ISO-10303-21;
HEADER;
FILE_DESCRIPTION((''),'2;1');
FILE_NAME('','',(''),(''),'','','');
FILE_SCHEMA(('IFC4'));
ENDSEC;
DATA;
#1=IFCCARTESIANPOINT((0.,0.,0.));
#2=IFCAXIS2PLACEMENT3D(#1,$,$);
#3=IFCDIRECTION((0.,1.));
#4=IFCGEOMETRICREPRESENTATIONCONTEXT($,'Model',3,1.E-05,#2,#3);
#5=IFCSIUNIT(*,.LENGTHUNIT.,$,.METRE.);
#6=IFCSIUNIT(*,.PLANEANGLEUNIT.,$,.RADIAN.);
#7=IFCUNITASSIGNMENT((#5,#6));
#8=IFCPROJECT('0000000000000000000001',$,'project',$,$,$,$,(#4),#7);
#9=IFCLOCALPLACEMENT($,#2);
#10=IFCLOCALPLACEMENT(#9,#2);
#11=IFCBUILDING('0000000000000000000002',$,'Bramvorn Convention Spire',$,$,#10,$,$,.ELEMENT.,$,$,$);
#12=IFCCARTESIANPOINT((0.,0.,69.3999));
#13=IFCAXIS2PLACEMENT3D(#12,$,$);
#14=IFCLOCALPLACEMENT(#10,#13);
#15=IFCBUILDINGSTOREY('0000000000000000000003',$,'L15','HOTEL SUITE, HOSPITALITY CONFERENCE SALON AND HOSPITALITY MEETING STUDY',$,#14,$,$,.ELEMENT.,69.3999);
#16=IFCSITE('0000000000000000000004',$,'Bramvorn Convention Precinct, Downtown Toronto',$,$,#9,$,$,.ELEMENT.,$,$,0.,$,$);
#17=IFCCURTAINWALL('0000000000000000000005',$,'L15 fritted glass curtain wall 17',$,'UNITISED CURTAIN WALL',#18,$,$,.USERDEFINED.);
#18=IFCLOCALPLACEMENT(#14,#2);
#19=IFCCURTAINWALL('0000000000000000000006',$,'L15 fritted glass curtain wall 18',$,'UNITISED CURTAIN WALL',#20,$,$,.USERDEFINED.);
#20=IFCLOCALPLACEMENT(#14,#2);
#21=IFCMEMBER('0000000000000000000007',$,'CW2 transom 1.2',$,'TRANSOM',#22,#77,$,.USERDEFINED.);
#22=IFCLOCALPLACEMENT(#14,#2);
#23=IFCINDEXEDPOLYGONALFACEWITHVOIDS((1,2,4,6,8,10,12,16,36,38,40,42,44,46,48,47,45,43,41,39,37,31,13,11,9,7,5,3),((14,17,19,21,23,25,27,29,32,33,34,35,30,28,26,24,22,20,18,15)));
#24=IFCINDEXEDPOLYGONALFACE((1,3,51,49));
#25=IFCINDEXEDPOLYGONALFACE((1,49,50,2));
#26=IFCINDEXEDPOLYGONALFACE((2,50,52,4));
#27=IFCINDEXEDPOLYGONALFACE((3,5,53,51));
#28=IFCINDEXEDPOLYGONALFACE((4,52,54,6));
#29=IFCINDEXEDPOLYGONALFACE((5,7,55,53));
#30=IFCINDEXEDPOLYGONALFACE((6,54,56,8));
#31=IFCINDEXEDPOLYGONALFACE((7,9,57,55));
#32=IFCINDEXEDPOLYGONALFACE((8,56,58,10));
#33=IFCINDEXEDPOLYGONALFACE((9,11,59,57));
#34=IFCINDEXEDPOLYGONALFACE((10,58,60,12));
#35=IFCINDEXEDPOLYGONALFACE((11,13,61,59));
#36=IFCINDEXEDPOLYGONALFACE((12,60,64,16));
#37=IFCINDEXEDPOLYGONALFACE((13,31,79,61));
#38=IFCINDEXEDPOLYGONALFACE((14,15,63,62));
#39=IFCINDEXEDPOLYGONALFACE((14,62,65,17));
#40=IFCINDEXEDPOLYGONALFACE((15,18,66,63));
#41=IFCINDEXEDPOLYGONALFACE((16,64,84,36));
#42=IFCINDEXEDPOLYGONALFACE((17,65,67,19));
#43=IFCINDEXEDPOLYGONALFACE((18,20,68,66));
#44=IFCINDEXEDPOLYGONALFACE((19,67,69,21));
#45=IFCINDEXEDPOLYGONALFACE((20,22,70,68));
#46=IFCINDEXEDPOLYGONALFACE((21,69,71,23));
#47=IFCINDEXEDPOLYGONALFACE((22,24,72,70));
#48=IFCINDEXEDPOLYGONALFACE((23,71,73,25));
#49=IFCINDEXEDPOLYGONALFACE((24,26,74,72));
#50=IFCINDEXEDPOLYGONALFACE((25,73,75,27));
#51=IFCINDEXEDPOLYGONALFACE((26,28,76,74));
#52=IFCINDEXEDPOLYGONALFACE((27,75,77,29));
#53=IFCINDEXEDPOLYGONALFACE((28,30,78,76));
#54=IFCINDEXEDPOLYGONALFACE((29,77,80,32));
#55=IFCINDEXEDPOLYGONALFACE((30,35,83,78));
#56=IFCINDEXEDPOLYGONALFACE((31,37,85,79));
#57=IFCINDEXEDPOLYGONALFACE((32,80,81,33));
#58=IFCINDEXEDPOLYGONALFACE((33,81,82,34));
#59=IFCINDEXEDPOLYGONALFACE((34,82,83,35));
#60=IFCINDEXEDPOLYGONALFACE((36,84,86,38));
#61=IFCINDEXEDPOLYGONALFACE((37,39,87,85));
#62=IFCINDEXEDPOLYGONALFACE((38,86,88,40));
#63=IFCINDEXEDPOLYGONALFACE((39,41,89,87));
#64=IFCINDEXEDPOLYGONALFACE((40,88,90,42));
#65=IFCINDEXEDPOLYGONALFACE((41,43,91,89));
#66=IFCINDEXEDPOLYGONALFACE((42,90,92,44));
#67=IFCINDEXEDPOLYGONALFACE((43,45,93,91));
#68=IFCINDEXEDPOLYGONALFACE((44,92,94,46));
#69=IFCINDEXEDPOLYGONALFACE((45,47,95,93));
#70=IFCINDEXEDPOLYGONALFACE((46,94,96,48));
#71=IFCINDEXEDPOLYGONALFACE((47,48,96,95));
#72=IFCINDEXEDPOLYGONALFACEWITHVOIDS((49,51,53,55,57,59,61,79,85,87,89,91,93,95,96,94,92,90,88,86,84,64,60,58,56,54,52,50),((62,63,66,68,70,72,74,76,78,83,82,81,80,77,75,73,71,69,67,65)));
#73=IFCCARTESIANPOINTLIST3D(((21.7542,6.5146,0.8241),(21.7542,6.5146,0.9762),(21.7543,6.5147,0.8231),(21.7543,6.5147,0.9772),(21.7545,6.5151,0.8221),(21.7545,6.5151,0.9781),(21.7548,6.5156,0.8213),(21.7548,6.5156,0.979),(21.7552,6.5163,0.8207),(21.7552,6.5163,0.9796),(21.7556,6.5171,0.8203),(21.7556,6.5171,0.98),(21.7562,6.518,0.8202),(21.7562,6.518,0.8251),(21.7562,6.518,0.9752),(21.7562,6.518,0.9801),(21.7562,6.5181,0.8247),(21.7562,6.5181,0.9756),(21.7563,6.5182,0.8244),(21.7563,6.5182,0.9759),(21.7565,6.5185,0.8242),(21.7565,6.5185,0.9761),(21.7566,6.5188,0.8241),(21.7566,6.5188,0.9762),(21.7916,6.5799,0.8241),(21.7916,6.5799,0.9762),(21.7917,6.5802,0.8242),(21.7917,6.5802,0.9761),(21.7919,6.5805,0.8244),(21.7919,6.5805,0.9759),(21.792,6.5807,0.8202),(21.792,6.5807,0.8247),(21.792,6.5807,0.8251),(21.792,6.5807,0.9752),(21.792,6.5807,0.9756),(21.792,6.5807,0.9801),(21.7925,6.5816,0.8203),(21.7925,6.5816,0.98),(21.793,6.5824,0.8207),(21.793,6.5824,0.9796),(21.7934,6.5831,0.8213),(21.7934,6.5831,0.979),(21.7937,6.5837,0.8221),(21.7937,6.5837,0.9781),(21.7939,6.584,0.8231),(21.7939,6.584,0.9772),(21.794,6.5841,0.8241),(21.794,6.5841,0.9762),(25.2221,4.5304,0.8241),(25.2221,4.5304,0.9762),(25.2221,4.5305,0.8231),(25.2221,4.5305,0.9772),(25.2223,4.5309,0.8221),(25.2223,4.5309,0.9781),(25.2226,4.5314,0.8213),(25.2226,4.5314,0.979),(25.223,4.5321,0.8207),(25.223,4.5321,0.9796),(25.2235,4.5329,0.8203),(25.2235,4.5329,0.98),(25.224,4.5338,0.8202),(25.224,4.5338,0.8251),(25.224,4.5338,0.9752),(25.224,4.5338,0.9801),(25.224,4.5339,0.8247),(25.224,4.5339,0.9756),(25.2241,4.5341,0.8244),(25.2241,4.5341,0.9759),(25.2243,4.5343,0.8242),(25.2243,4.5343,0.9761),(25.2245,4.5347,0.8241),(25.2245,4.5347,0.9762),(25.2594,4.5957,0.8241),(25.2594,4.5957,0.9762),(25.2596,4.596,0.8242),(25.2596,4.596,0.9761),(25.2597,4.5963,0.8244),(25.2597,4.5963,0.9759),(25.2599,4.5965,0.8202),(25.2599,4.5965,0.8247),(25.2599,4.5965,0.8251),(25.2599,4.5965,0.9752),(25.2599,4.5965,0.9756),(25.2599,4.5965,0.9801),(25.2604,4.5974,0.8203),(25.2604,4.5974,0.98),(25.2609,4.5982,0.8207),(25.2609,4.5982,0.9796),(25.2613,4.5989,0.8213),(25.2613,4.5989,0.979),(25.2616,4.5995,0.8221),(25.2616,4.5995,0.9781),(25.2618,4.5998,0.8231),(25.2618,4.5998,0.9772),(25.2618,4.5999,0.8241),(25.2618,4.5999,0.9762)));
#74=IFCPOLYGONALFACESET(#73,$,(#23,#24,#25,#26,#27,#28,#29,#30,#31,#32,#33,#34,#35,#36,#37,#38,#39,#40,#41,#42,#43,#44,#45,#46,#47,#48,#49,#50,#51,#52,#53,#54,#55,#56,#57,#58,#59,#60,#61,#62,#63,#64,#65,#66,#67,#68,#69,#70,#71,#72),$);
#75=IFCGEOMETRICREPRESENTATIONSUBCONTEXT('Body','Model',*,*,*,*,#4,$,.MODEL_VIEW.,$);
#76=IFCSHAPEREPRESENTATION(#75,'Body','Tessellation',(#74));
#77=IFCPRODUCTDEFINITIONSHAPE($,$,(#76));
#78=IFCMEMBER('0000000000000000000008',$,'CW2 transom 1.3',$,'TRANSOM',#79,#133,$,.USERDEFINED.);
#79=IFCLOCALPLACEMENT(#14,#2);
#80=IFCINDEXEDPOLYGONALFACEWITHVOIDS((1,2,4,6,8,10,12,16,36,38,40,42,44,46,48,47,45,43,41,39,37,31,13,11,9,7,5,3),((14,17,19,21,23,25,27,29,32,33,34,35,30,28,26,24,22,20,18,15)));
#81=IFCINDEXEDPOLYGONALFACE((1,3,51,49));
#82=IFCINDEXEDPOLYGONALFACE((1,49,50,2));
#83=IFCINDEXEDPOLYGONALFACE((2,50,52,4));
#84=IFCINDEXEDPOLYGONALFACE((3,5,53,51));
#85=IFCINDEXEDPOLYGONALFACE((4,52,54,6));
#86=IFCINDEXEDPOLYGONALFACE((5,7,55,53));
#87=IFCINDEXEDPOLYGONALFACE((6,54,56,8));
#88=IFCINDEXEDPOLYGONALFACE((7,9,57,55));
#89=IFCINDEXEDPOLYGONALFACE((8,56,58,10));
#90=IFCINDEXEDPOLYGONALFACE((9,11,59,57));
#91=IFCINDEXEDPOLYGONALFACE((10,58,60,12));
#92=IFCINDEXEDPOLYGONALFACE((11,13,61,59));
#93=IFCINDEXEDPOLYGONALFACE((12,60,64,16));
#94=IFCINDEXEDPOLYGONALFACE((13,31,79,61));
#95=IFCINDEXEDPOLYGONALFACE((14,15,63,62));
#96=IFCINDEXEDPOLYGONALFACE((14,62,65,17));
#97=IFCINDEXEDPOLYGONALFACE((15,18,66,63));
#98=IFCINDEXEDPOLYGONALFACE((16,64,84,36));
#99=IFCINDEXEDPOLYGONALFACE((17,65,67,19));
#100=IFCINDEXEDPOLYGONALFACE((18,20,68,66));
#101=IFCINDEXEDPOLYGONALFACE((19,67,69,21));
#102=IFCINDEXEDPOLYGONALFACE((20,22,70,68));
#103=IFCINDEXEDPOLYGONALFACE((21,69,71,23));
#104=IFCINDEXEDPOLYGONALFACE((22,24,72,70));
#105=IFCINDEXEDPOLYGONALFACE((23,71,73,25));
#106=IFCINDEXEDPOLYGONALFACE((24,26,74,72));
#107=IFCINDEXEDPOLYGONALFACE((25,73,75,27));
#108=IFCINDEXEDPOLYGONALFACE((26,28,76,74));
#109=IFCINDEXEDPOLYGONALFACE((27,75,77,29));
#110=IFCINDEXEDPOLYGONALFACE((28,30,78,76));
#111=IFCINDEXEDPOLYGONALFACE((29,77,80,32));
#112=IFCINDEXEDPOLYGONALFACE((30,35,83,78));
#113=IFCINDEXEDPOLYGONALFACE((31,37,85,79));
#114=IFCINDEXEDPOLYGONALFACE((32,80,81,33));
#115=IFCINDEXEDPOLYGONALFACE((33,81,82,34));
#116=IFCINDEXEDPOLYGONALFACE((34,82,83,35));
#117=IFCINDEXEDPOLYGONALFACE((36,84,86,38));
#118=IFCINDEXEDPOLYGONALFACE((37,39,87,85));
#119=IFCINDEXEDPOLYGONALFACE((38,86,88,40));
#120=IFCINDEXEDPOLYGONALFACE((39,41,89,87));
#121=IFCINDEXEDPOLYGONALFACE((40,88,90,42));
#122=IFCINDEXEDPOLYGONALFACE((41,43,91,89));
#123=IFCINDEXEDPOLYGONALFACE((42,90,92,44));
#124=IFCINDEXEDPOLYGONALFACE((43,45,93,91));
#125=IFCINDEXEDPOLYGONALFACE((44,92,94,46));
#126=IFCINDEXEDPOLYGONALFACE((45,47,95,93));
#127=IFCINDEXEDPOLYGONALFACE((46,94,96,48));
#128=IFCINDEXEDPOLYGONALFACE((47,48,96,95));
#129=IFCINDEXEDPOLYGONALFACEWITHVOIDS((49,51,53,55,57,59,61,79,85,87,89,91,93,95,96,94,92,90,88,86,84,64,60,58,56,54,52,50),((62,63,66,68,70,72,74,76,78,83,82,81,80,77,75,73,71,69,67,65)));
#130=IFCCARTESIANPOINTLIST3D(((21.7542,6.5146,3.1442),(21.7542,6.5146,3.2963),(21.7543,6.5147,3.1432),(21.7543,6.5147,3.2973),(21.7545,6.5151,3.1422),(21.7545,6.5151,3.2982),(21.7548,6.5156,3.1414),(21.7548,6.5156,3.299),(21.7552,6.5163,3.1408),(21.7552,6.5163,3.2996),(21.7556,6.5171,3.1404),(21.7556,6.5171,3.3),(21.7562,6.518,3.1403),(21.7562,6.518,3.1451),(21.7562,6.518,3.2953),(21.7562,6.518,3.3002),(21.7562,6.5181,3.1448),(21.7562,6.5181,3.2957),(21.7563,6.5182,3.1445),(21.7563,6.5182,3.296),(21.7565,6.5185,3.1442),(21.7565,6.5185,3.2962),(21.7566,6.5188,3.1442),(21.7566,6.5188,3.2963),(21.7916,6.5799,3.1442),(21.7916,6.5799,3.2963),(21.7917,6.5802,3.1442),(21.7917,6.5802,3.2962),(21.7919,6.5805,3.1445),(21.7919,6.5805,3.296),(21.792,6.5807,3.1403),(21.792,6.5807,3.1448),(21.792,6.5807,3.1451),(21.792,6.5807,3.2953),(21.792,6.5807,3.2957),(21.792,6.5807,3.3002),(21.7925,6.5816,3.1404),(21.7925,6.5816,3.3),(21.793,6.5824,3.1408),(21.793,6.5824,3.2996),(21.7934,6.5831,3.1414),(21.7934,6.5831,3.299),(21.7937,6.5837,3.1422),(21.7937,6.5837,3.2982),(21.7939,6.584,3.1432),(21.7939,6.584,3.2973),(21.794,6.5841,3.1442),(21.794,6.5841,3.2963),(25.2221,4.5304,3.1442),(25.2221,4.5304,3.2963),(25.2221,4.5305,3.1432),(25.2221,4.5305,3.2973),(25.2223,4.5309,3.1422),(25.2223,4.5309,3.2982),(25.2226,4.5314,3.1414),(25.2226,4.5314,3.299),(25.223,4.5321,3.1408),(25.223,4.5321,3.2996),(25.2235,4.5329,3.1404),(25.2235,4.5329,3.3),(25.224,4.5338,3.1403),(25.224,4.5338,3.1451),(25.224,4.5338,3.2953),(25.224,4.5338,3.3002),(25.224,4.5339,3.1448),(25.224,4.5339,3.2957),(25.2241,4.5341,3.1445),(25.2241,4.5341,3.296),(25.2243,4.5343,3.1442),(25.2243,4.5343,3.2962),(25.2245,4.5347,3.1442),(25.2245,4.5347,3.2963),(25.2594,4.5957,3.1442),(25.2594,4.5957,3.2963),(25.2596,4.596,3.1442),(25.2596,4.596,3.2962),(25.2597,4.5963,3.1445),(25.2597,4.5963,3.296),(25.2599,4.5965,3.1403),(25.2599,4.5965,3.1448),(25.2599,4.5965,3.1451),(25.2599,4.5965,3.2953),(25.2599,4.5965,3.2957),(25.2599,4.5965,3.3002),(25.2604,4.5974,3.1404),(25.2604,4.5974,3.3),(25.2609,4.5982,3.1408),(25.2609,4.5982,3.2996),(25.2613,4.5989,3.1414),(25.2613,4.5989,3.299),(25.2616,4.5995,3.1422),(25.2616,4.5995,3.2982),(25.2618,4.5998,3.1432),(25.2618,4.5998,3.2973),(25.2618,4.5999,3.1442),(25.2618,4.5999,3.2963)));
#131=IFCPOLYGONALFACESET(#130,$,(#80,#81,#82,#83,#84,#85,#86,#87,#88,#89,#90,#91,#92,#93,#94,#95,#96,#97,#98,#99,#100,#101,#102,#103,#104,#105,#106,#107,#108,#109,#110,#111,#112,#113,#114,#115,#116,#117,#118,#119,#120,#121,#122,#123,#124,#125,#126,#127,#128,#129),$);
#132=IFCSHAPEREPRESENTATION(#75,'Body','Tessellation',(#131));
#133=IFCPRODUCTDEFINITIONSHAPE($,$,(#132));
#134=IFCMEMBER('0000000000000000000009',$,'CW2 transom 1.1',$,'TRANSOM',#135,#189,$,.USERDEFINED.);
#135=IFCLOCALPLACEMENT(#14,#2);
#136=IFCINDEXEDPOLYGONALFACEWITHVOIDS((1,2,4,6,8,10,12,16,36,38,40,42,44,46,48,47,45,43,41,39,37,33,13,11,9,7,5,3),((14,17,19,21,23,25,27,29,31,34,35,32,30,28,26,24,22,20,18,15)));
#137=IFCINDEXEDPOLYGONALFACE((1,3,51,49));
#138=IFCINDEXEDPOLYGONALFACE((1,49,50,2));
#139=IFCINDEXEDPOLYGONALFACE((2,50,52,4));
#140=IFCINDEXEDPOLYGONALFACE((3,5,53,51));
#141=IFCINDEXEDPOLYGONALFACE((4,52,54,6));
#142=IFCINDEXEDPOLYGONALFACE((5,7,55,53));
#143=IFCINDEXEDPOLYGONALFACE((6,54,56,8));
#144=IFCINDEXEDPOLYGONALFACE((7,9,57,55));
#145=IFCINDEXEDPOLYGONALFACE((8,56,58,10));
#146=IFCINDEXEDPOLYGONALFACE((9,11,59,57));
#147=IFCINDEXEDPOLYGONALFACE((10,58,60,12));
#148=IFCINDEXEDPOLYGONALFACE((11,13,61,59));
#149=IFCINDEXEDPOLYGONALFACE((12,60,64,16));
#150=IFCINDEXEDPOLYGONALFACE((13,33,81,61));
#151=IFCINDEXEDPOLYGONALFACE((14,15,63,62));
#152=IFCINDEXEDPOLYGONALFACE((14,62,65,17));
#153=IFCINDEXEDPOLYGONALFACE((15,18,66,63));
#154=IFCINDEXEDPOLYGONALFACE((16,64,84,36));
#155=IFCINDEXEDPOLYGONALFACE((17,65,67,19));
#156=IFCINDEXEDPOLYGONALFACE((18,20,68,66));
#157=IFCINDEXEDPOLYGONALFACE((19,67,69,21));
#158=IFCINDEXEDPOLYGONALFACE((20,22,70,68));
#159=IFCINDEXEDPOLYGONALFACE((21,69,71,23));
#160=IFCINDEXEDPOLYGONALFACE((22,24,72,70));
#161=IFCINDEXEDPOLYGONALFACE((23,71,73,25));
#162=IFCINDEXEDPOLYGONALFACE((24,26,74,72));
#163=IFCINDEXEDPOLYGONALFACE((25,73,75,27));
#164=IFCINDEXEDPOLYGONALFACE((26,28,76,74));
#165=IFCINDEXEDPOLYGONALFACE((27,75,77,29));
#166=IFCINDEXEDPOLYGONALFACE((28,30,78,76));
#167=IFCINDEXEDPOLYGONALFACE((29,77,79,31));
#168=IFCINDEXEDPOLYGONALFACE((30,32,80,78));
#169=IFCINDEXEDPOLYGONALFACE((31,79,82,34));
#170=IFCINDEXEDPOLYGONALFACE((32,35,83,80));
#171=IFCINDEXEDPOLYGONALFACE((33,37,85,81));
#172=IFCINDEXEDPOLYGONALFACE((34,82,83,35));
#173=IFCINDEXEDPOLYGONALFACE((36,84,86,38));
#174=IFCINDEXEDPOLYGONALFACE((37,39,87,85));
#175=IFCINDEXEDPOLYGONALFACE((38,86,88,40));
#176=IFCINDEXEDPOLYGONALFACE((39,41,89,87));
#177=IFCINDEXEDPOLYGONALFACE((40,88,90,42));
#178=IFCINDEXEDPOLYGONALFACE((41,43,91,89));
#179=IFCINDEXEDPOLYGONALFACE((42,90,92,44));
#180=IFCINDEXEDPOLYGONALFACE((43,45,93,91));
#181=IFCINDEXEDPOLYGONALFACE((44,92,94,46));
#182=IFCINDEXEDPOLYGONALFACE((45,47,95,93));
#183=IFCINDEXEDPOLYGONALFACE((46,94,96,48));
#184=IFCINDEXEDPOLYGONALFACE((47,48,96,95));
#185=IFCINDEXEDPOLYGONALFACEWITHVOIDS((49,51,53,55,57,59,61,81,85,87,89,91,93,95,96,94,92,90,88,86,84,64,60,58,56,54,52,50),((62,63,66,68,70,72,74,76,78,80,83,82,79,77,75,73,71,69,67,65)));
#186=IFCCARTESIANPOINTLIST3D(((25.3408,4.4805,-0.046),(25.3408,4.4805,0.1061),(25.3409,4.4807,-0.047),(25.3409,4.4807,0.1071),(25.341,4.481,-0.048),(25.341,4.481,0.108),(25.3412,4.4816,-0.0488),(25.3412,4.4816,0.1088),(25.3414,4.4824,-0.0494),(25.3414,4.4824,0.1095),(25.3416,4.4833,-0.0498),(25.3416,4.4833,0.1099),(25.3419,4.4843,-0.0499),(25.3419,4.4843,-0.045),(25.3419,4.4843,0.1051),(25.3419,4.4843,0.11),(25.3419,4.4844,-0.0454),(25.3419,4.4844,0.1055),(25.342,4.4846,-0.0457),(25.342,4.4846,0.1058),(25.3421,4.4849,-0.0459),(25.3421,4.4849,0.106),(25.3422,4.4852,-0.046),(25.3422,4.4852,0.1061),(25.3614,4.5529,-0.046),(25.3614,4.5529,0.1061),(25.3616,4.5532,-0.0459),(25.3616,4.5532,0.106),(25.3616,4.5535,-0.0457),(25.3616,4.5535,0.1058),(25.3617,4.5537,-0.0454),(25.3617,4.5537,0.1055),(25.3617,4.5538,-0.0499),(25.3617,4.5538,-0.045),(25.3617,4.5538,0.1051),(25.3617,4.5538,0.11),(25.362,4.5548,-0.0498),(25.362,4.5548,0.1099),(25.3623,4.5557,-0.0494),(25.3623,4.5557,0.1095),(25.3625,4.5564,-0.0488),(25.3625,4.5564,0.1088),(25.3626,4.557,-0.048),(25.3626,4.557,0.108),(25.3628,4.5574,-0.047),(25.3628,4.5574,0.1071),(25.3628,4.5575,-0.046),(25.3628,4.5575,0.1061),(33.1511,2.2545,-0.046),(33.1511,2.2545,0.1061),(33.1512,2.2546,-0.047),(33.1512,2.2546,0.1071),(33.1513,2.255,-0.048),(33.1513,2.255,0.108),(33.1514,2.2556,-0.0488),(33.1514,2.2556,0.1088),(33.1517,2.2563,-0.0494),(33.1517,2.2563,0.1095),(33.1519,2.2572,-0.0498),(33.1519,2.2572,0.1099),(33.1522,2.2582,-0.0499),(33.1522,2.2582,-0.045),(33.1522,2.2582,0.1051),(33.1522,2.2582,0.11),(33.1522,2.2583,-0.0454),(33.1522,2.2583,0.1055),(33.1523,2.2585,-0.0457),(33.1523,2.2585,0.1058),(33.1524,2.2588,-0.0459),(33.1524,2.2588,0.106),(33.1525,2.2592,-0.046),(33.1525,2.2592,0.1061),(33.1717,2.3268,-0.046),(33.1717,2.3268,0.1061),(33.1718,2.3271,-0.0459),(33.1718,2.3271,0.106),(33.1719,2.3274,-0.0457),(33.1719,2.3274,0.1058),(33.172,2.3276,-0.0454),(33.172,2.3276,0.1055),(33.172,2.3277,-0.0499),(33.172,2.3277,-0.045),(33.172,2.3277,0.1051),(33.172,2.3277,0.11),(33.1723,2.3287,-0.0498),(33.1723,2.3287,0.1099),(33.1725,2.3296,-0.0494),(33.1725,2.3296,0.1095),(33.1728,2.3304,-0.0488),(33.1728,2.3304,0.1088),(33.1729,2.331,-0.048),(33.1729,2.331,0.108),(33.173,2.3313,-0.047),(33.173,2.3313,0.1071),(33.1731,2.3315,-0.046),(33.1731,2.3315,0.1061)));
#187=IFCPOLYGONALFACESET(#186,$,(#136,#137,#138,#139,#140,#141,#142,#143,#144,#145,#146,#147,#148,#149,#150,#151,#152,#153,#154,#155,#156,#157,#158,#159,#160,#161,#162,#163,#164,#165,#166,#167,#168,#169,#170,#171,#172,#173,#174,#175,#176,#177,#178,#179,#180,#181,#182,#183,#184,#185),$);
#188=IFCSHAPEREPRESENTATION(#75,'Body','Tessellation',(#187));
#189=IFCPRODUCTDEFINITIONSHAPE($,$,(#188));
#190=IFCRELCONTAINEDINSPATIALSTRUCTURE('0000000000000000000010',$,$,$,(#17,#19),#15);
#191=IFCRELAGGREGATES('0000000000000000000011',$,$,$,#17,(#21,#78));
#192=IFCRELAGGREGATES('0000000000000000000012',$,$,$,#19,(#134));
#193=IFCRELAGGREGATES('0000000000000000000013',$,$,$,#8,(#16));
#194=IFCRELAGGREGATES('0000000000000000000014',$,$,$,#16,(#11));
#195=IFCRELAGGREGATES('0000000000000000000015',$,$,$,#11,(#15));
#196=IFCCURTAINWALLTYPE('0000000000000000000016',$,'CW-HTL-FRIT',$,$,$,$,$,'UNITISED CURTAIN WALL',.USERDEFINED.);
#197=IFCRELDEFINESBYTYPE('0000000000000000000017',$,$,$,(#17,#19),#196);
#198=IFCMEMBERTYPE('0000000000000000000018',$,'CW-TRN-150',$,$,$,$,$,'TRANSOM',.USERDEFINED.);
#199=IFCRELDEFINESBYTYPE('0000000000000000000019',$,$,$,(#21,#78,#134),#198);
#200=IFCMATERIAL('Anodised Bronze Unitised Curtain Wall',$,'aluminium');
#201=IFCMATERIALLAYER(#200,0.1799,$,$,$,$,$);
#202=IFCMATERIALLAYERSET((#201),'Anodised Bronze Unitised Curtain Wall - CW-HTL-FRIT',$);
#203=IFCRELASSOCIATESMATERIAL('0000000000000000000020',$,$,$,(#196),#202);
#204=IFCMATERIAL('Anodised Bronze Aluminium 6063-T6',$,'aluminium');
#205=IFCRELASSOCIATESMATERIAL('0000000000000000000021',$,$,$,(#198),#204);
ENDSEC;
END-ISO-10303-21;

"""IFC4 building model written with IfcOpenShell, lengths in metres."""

from ifc_helpers import new_model, si_unit, direction, frame, origin, origin_2d, place, context, subcontext, project, spatial, hollow_rectangle, extrude, material, layer, layer_set, material_profile, profile_set, type_object, element, aggregate, save


model = new_model("IFC4")

# Units and contexts
model_context = context("Model", 3, precision=1e-05, world=origin(), true_north=direction((0.0, 1.0)))
body_context = subcontext(model_context, "Body", "Model", "MODEL_VIEW")
ifc_project = project(units=[si_unit("LENGTHUNIT", "METRE"), si_unit("PLANEANGLEUNIT", "RADIAN")], contexts=[model_context])

# Site, building, storey
site_placement = place(None, origin())
site = spatial("IfcSite", under=ifc_project, at=site_placement, Name="Bramvorn Convention Precinct, Downtown Toronto", CompositionType="ELEMENT", RefElevation=0.0)
building_placement = place(site_placement, origin())
building = spatial("IfcBuilding", under=site, at=building_placement, Name="Bramvorn Convention Spire", CompositionType="ELEMENT")
storey_placement = place(building_placement, frame((0.0, 0.0, 69.3999)))
storey = spatial("IfcBuildingStorey", under=building, at=storey_placement, Name="L15", Description="HOTEL SUITE, HOSPITALITY CONFERENCE SALON AND HOSPITALITY MEETING STUDY", CompositionType="ELEMENT", Elevation=69.3999)

# Curtain wall
ifc_material_1 = material(Name="Anodised Bronze Unitised Curtain Wall", Category="aluminium")
ifc_layer_1 = layer(ifc_material_1, 0.1799)
ifc_layer_set_1 = layer_set([ifc_layer_1], Name="Anodised Bronze Unitised Curtain Wall - CW-HTL-FRIT")
curtain_wall_type = type_object("IfcCurtainWallType", Name="CW-HTL-FRIT", ElementType="UNITISED CURTAIN WALL", PredefinedType="USERDEFINED", material=ifc_layer_set_1)
curtain_wall_1_placement = place(storey_placement, origin())
curtain_wall_1 = element("IfcCurtainWall", 1, at=curtain_wall_1_placement, inside=storey, type_object=curtain_wall_type, Name="L15 fritted glass curtain wall 17", ObjectType="UNITISED CURTAIN WALL", PredefinedType="USERDEFINED")
ifc_material_2 = material(Name="Anodised Bronze Aluminium 6063-T6", Category="aluminium")

# Curtain wall
curtain_wall_2_placement = place(storey_placement, origin())
curtain_wall_2 = element("IfcCurtainWall", 2, at=curtain_wall_2_placement, inside=storey, type_object=curtain_wall_type, Name="L15 fritted glass curtain wall 18", ObjectType="UNITISED CURTAIN WALL", PredefinedType="USERDEFINED")

# Members
ifc_material_profile_1 = material_profile(ifc_material_2, hollow_rectangle(XDim=0.0801, YDim=0.1599, WallThickness=0.0039, InnerFilletRadius=0.001, OuterFilletRadius=0.0039, at=origin_2d()))
ifc_profile_set_1 = profile_set([ifc_material_profile_1], Name="Anodised Bronze Aluminium 6063-T6 - CWT80X160")
member_type_1 = type_object("IfcMemberType", Name="CW-TRN-150", ElementType="TRANSOM", PredefinedType="USERDEFINED", material=ifc_profile_set_1)
member_1_placement = place(storey_placement, frame((25.2419, 4.5652, 0.9001), z_axis=(-0.867968, 0.496619, 0.0), x_axis=(-0.496619, -0.867968, 0.0)))
member_1 = element("IfcMember", 3, at=member_1_placement, type_object=member_type_1, Name="CW2 transom 1.2", ObjectType="TRANSOM", PredefinedType="USERDEFINED", context=body_context, shape_type="SweptSolid", body=[
    extrude(hollow_rectangle(XDim=0.0801, YDim=0.1599, WallThickness=0.0039, InnerFilletRadius=0.001, OuterFilletRadius=0.0039, at=origin_2d()), origin(), (0.0, 0.0, 1.0), 3.9954),
])
member_2_placement = place(storey_placement, frame((25.2419, 4.5652, 3.2202), z_axis=(-0.867968, 0.496619, 0.0), x_axis=(-0.496619, -0.867968, 0.0)))
member_2 = element("IfcMember", 4, at=member_2_placement, type_object=member_type_1, Name="CW2 transom 1.3", ObjectType="TRANSOM", PredefinedType="USERDEFINED", context=body_context, shape_type="SweptSolid", body=[
    extrude(hollow_rectangle(XDim=0.0801, YDim=0.1599, WallThickness=0.0039, InnerFilletRadius=0.001, OuterFilletRadius=0.0039, at=origin_2d()), origin(), (0.0, 0.0, 1.0), 3.9954),
])
aggregate(curtain_wall_1, [member_1, member_2])
member_3_placement = place(storey_placement, frame((33.1621, 2.293, 0.03), z_axis=(-0.961701, 0.274102, 0.0), x_axis=(-0.274102, -0.961701, 0.0)))
member_3 = element("IfcMember", 5, at=member_3_placement, type_object=member_type_1, Name="CW2 transom 1.1", ObjectType="TRANSOM", PredefinedType="USERDEFINED", context=body_context, shape_type="SweptSolid", body=[
    extrude(hollow_rectangle(XDim=0.0801, YDim=0.1599, WallThickness=0.0039, InnerFilletRadius=0.001, OuterFilletRadius=0.0039, at=origin_2d()), origin(), (0.0, 0.0, 1.0), 8.1213),
])

aggregate(curtain_wall_2, [member_3])

save(model, "model.ifc")
